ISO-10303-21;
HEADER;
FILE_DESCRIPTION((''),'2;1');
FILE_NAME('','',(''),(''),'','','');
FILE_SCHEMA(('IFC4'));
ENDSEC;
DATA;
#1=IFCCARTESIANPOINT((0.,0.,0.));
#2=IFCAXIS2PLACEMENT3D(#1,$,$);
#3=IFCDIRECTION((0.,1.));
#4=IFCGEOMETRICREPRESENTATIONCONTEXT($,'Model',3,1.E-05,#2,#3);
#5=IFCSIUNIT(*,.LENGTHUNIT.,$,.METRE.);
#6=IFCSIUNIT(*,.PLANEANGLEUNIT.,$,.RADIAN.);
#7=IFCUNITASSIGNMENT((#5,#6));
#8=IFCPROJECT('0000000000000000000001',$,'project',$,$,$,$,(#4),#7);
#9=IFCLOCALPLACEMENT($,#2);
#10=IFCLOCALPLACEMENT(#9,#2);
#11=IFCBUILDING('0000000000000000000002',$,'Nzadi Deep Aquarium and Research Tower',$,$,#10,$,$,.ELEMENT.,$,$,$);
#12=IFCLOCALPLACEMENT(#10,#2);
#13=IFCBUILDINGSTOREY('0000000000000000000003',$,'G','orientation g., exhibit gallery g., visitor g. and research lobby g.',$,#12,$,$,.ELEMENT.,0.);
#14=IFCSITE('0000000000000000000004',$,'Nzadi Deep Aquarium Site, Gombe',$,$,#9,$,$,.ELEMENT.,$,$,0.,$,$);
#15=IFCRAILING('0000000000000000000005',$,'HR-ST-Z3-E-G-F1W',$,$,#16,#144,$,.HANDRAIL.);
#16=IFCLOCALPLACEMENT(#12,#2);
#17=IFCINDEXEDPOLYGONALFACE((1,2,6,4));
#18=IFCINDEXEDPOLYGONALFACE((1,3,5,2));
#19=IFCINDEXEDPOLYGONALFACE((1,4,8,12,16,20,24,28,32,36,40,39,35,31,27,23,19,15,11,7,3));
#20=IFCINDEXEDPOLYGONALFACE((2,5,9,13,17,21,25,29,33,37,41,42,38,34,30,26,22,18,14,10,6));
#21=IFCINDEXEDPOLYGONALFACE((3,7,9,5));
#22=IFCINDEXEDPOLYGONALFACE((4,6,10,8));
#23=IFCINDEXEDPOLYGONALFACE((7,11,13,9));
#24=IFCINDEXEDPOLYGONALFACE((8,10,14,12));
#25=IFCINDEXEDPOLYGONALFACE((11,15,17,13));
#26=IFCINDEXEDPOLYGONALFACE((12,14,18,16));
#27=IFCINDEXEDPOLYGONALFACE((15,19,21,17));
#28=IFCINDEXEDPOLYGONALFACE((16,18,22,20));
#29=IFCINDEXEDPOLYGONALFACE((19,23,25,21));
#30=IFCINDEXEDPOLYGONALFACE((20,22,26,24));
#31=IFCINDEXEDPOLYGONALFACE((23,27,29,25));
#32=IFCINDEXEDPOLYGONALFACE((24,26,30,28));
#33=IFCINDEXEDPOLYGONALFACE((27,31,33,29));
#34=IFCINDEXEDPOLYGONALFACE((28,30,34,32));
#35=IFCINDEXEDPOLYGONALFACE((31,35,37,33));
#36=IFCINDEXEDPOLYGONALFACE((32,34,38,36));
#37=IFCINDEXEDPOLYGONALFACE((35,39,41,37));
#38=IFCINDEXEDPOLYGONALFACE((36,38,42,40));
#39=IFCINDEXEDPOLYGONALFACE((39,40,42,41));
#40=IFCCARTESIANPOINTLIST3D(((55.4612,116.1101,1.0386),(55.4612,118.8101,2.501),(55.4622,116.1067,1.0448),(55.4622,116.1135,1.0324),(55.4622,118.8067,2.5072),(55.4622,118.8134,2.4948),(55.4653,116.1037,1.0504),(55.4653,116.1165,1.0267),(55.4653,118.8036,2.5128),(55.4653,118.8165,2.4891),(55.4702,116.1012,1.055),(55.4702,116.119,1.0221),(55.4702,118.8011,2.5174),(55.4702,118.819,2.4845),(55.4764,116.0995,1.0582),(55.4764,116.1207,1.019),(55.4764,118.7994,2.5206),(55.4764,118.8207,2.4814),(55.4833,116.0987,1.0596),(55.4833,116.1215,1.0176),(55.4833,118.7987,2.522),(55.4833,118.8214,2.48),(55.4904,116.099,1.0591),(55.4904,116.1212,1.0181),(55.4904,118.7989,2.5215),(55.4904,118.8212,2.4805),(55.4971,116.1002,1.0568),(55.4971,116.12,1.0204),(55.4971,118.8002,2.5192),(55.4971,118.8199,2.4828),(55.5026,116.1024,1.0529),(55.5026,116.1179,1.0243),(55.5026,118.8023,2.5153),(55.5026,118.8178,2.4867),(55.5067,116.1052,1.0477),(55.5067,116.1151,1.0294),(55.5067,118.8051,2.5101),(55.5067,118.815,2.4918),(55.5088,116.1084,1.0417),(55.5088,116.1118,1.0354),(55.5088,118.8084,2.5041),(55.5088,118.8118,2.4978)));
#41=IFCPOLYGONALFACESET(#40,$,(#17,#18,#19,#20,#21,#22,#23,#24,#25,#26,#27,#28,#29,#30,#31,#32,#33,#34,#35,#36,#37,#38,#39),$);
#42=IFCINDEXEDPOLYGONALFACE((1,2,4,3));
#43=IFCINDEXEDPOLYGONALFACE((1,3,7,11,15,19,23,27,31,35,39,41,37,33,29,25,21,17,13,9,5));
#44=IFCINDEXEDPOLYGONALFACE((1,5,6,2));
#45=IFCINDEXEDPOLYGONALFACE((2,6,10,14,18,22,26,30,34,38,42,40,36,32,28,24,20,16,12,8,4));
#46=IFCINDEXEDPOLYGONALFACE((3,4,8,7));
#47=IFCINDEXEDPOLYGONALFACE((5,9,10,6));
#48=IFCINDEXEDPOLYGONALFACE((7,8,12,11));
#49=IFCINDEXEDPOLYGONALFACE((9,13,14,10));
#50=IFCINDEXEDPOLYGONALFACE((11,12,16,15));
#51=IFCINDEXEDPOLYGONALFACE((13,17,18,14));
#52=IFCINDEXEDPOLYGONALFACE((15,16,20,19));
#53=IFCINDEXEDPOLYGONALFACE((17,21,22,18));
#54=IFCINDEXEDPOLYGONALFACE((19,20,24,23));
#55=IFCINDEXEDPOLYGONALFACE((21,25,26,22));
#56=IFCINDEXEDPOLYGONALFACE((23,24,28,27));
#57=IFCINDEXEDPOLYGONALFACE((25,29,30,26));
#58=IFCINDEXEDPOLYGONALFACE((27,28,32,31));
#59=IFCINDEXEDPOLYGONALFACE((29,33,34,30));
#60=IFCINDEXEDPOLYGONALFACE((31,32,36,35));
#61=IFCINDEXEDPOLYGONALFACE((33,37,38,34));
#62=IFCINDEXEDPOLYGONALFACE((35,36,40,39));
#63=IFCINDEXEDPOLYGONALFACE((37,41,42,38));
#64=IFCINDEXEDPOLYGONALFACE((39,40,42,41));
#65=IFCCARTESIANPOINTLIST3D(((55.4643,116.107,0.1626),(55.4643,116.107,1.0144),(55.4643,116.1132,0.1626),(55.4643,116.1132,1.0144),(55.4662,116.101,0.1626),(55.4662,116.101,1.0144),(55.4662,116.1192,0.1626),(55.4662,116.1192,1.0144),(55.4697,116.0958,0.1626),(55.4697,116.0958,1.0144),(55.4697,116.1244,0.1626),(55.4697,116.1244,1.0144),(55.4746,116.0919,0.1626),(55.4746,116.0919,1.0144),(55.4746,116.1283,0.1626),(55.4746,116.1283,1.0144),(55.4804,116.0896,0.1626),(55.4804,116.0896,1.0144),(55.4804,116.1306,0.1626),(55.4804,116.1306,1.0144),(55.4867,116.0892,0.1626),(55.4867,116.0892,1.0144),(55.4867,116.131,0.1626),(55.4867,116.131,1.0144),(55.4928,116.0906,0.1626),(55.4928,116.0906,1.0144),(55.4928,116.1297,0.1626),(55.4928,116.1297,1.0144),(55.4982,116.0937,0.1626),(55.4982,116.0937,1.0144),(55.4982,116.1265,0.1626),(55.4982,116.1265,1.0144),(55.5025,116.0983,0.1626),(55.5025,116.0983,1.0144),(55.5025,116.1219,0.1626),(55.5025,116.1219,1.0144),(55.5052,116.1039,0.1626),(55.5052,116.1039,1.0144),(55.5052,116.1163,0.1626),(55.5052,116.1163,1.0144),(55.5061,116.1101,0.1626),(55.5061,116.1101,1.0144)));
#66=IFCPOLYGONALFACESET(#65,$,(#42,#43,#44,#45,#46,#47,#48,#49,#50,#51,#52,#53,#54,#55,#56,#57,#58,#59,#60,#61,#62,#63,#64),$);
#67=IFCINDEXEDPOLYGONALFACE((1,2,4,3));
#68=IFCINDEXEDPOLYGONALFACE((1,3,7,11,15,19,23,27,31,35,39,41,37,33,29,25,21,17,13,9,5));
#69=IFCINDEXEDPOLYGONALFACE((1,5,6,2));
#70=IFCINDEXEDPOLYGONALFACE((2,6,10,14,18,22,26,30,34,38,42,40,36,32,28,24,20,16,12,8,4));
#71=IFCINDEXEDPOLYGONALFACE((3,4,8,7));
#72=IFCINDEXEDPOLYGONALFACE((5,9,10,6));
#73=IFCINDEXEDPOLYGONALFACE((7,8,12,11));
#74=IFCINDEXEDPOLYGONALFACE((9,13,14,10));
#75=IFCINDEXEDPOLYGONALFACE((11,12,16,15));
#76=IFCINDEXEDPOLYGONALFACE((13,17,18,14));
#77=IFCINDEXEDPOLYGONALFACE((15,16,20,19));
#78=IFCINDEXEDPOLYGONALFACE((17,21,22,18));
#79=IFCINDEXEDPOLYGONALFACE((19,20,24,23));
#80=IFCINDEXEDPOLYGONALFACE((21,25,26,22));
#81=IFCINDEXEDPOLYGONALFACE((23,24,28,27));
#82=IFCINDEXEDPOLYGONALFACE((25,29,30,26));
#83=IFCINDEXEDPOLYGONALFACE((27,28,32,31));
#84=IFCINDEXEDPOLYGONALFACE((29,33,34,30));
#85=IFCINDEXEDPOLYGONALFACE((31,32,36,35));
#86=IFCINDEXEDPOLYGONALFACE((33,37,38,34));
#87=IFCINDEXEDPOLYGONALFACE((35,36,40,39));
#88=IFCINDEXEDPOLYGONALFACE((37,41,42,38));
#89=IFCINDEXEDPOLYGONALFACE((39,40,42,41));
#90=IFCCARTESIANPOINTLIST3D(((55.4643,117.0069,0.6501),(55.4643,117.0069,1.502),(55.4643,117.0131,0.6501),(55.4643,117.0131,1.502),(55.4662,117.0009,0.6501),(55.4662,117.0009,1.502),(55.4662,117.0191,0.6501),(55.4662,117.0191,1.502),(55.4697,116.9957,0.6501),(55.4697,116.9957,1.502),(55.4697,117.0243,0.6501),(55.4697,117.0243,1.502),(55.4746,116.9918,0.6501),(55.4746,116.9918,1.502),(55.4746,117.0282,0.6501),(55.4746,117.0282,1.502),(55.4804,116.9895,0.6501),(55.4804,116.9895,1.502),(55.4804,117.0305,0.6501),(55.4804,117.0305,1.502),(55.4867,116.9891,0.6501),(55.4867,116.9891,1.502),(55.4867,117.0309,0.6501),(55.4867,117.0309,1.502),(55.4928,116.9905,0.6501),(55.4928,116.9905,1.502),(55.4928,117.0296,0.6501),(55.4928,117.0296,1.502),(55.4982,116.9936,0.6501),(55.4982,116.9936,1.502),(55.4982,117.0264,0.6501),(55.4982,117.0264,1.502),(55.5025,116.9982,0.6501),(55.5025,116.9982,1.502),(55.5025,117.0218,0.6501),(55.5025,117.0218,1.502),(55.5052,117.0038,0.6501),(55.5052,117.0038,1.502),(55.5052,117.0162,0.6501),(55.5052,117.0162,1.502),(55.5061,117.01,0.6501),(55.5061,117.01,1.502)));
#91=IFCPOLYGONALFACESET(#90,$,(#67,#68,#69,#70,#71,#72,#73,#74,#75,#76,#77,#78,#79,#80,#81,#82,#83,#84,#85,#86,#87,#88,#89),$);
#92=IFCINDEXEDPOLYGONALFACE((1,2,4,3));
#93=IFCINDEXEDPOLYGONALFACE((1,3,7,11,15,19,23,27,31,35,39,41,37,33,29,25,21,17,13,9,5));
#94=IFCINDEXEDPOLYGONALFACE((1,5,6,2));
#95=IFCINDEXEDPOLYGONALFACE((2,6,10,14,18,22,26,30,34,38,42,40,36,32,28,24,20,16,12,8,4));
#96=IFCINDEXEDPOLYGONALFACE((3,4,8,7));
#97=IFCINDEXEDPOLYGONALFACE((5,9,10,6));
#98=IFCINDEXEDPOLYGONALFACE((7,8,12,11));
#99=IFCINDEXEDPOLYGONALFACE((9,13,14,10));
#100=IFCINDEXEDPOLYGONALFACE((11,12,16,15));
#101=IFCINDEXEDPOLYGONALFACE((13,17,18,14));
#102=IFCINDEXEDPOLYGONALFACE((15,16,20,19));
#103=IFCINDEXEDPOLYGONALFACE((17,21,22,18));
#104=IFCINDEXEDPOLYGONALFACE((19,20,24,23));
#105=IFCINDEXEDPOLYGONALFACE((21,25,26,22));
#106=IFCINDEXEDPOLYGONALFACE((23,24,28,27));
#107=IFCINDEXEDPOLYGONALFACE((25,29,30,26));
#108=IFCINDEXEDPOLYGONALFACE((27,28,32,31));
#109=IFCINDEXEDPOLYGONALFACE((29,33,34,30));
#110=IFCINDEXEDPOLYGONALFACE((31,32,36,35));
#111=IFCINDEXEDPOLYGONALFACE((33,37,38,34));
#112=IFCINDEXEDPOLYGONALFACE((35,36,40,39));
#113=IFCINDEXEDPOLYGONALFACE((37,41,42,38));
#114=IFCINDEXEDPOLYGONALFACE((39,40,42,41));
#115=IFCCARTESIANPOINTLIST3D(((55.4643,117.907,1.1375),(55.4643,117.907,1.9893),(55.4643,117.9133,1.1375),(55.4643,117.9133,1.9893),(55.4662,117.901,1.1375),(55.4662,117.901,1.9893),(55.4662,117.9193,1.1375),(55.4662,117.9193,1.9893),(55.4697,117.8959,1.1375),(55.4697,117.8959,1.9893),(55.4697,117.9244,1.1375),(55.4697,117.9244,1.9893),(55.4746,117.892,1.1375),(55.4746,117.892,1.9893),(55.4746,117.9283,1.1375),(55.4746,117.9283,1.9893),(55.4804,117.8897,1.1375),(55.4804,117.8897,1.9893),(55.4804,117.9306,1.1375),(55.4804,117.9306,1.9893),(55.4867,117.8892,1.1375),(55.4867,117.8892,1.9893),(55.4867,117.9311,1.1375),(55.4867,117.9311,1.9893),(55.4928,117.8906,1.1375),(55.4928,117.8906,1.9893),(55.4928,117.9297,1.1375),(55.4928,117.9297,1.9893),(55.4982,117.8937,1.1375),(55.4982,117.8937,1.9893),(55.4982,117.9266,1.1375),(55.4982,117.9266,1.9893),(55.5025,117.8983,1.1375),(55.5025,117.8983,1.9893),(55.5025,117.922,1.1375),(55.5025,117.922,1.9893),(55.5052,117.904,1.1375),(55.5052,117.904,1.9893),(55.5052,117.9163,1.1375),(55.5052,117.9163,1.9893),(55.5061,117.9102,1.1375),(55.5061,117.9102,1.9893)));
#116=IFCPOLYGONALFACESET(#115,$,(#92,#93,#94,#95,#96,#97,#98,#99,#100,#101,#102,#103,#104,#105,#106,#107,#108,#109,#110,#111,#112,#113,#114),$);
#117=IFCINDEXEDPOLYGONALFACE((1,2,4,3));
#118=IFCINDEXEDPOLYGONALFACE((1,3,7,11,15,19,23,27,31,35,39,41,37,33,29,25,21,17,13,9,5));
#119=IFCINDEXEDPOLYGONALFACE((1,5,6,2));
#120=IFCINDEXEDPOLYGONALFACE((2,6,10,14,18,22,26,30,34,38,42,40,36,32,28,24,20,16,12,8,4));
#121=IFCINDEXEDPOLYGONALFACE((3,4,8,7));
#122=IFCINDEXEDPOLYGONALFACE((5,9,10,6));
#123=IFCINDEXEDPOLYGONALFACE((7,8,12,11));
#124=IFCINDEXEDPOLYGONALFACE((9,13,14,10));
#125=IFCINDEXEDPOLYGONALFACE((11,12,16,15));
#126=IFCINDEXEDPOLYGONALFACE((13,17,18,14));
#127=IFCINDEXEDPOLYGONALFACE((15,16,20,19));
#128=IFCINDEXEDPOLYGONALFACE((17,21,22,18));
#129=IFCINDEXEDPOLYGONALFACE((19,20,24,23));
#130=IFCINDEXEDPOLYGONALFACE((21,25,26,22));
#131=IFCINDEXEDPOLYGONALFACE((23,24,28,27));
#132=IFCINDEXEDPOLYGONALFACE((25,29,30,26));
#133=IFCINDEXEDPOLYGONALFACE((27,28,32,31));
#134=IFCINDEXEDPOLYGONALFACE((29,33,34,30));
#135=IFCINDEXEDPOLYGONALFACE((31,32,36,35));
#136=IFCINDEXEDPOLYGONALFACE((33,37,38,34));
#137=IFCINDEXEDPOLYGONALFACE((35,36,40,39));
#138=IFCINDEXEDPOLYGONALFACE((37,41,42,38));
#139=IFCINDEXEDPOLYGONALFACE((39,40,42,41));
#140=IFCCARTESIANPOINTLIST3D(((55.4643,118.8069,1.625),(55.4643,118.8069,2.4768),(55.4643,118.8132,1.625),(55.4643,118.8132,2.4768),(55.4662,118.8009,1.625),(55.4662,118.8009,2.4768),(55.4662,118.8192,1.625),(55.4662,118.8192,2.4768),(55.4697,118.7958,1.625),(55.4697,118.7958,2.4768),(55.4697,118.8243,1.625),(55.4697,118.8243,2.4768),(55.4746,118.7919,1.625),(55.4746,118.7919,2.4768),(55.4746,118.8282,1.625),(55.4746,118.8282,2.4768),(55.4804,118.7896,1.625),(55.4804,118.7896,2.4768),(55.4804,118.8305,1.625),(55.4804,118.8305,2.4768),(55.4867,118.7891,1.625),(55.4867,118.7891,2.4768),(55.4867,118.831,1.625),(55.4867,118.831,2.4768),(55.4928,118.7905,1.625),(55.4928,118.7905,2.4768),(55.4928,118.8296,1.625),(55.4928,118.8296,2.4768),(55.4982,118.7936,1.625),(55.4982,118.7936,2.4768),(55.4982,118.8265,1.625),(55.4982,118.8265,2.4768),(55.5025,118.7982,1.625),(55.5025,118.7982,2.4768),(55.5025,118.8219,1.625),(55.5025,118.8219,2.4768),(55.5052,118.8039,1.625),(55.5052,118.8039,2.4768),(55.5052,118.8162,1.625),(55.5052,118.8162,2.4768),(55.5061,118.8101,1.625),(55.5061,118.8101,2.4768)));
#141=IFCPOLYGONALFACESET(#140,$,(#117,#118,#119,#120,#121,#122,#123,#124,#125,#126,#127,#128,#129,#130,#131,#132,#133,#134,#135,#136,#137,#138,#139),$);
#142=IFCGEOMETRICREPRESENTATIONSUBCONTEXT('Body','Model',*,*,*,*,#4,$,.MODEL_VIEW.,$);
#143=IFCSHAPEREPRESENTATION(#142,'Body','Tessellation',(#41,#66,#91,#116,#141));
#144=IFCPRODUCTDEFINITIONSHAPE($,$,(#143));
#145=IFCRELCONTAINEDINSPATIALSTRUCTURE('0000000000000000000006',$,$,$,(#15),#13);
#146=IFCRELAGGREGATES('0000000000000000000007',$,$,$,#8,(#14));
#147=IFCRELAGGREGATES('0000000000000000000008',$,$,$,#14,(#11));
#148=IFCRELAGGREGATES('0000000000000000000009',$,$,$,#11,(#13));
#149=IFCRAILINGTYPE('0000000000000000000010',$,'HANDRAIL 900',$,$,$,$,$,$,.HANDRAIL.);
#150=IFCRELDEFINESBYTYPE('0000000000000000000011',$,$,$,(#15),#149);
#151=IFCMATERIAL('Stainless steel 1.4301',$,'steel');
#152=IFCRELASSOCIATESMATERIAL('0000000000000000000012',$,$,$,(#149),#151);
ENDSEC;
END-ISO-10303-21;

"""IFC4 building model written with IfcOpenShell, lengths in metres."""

from ifc_helpers import new_model, si_unit, direction, frame, origin, origin_2d, place, context, subcontext, project, spatial, circle, extrude, material, type_object, element, save


model = new_model("IFC4")

# Units and contexts
model_context = context("Model", 3, precision=1e-05, world=origin(), true_north=direction((0.0, 1.0)))
body_context = subcontext(model_context, "Body", "Model", "MODEL_VIEW")
ifc_project = project(units=[si_unit("LENGTHUNIT", "METRE"), si_unit("PLANEANGLEUNIT", "RADIAN")], contexts=[model_context])

# Site, building, storey
site_placement = place(None, origin())
site = spatial("IfcSite", under=ifc_project, at=site_placement, Name="Nzadi Deep Aquarium Site, Gombe", CompositionType="ELEMENT", RefElevation=0.0)
building_placement = place(site_placement, origin())
building = spatial("IfcBuilding", under=site, at=building_placement, Name="Nzadi Deep Aquarium and Research Tower", CompositionType="ELEMENT")
storey_placement = place(building_placement, origin())
storey = spatial("IfcBuildingStorey", under=building, at=storey_placement, Name="G", Description="orientation g., exhibit gallery g., visitor g. and research lobby g.", CompositionType="ELEMENT", Elevation=0.0)

# Railing
ifc_material_1 = material(Name="Stainless steel 1.4301", Category="steel")
railing_type = type_object("IfcRailingType", Name="HANDRAIL 900", PredefinedType="HANDRAIL", material=ifc_material_1)
for number, where, name in (
    (1, (55.4851, 116.1101, 0.1626), "HR-ST-Z3-E-G-F1W"),
):
    element("IfcRailing", number, at=place(storey_placement, frame(where)), inside=storey, type_object=railing_type, Name=name, PredefinedType="HANDRAIL", context=body_context, shape_type="SweptSolid", body=[
        extrude(circle(Radius=0.0239, at=origin_2d()), frame((0.0, 0.0, 0.876), z_axis=(0.0, 0.879302, 0.476265), x_axis=(-1.0, 0.0, 0.0)), (0.0, 0.0, 1.0), 3.0706),
        extrude(circle(Radius=0.021, at=origin_2d()), origin(), (0.0, 0.0, 1.0), 0.8518),
        extrude(circle(Radius=0.021, at=origin_2d()), frame((0.0, 0.8999, 0.4875)), (0.0, 0.0, 1.0), 0.8518),
        extrude(circle(Radius=0.021, at=origin_2d()), frame((0.0, 1.8, 0.9749)), (0.0, 0.0, 1.0), 0.8518),
        extrude(circle(Radius=0.021, at=origin_2d()), frame((0.0, 2.7, 1.4624)), (0.0, 0.0, 1.0), 0.8518),
    ])

save(model, "model.ifc")
